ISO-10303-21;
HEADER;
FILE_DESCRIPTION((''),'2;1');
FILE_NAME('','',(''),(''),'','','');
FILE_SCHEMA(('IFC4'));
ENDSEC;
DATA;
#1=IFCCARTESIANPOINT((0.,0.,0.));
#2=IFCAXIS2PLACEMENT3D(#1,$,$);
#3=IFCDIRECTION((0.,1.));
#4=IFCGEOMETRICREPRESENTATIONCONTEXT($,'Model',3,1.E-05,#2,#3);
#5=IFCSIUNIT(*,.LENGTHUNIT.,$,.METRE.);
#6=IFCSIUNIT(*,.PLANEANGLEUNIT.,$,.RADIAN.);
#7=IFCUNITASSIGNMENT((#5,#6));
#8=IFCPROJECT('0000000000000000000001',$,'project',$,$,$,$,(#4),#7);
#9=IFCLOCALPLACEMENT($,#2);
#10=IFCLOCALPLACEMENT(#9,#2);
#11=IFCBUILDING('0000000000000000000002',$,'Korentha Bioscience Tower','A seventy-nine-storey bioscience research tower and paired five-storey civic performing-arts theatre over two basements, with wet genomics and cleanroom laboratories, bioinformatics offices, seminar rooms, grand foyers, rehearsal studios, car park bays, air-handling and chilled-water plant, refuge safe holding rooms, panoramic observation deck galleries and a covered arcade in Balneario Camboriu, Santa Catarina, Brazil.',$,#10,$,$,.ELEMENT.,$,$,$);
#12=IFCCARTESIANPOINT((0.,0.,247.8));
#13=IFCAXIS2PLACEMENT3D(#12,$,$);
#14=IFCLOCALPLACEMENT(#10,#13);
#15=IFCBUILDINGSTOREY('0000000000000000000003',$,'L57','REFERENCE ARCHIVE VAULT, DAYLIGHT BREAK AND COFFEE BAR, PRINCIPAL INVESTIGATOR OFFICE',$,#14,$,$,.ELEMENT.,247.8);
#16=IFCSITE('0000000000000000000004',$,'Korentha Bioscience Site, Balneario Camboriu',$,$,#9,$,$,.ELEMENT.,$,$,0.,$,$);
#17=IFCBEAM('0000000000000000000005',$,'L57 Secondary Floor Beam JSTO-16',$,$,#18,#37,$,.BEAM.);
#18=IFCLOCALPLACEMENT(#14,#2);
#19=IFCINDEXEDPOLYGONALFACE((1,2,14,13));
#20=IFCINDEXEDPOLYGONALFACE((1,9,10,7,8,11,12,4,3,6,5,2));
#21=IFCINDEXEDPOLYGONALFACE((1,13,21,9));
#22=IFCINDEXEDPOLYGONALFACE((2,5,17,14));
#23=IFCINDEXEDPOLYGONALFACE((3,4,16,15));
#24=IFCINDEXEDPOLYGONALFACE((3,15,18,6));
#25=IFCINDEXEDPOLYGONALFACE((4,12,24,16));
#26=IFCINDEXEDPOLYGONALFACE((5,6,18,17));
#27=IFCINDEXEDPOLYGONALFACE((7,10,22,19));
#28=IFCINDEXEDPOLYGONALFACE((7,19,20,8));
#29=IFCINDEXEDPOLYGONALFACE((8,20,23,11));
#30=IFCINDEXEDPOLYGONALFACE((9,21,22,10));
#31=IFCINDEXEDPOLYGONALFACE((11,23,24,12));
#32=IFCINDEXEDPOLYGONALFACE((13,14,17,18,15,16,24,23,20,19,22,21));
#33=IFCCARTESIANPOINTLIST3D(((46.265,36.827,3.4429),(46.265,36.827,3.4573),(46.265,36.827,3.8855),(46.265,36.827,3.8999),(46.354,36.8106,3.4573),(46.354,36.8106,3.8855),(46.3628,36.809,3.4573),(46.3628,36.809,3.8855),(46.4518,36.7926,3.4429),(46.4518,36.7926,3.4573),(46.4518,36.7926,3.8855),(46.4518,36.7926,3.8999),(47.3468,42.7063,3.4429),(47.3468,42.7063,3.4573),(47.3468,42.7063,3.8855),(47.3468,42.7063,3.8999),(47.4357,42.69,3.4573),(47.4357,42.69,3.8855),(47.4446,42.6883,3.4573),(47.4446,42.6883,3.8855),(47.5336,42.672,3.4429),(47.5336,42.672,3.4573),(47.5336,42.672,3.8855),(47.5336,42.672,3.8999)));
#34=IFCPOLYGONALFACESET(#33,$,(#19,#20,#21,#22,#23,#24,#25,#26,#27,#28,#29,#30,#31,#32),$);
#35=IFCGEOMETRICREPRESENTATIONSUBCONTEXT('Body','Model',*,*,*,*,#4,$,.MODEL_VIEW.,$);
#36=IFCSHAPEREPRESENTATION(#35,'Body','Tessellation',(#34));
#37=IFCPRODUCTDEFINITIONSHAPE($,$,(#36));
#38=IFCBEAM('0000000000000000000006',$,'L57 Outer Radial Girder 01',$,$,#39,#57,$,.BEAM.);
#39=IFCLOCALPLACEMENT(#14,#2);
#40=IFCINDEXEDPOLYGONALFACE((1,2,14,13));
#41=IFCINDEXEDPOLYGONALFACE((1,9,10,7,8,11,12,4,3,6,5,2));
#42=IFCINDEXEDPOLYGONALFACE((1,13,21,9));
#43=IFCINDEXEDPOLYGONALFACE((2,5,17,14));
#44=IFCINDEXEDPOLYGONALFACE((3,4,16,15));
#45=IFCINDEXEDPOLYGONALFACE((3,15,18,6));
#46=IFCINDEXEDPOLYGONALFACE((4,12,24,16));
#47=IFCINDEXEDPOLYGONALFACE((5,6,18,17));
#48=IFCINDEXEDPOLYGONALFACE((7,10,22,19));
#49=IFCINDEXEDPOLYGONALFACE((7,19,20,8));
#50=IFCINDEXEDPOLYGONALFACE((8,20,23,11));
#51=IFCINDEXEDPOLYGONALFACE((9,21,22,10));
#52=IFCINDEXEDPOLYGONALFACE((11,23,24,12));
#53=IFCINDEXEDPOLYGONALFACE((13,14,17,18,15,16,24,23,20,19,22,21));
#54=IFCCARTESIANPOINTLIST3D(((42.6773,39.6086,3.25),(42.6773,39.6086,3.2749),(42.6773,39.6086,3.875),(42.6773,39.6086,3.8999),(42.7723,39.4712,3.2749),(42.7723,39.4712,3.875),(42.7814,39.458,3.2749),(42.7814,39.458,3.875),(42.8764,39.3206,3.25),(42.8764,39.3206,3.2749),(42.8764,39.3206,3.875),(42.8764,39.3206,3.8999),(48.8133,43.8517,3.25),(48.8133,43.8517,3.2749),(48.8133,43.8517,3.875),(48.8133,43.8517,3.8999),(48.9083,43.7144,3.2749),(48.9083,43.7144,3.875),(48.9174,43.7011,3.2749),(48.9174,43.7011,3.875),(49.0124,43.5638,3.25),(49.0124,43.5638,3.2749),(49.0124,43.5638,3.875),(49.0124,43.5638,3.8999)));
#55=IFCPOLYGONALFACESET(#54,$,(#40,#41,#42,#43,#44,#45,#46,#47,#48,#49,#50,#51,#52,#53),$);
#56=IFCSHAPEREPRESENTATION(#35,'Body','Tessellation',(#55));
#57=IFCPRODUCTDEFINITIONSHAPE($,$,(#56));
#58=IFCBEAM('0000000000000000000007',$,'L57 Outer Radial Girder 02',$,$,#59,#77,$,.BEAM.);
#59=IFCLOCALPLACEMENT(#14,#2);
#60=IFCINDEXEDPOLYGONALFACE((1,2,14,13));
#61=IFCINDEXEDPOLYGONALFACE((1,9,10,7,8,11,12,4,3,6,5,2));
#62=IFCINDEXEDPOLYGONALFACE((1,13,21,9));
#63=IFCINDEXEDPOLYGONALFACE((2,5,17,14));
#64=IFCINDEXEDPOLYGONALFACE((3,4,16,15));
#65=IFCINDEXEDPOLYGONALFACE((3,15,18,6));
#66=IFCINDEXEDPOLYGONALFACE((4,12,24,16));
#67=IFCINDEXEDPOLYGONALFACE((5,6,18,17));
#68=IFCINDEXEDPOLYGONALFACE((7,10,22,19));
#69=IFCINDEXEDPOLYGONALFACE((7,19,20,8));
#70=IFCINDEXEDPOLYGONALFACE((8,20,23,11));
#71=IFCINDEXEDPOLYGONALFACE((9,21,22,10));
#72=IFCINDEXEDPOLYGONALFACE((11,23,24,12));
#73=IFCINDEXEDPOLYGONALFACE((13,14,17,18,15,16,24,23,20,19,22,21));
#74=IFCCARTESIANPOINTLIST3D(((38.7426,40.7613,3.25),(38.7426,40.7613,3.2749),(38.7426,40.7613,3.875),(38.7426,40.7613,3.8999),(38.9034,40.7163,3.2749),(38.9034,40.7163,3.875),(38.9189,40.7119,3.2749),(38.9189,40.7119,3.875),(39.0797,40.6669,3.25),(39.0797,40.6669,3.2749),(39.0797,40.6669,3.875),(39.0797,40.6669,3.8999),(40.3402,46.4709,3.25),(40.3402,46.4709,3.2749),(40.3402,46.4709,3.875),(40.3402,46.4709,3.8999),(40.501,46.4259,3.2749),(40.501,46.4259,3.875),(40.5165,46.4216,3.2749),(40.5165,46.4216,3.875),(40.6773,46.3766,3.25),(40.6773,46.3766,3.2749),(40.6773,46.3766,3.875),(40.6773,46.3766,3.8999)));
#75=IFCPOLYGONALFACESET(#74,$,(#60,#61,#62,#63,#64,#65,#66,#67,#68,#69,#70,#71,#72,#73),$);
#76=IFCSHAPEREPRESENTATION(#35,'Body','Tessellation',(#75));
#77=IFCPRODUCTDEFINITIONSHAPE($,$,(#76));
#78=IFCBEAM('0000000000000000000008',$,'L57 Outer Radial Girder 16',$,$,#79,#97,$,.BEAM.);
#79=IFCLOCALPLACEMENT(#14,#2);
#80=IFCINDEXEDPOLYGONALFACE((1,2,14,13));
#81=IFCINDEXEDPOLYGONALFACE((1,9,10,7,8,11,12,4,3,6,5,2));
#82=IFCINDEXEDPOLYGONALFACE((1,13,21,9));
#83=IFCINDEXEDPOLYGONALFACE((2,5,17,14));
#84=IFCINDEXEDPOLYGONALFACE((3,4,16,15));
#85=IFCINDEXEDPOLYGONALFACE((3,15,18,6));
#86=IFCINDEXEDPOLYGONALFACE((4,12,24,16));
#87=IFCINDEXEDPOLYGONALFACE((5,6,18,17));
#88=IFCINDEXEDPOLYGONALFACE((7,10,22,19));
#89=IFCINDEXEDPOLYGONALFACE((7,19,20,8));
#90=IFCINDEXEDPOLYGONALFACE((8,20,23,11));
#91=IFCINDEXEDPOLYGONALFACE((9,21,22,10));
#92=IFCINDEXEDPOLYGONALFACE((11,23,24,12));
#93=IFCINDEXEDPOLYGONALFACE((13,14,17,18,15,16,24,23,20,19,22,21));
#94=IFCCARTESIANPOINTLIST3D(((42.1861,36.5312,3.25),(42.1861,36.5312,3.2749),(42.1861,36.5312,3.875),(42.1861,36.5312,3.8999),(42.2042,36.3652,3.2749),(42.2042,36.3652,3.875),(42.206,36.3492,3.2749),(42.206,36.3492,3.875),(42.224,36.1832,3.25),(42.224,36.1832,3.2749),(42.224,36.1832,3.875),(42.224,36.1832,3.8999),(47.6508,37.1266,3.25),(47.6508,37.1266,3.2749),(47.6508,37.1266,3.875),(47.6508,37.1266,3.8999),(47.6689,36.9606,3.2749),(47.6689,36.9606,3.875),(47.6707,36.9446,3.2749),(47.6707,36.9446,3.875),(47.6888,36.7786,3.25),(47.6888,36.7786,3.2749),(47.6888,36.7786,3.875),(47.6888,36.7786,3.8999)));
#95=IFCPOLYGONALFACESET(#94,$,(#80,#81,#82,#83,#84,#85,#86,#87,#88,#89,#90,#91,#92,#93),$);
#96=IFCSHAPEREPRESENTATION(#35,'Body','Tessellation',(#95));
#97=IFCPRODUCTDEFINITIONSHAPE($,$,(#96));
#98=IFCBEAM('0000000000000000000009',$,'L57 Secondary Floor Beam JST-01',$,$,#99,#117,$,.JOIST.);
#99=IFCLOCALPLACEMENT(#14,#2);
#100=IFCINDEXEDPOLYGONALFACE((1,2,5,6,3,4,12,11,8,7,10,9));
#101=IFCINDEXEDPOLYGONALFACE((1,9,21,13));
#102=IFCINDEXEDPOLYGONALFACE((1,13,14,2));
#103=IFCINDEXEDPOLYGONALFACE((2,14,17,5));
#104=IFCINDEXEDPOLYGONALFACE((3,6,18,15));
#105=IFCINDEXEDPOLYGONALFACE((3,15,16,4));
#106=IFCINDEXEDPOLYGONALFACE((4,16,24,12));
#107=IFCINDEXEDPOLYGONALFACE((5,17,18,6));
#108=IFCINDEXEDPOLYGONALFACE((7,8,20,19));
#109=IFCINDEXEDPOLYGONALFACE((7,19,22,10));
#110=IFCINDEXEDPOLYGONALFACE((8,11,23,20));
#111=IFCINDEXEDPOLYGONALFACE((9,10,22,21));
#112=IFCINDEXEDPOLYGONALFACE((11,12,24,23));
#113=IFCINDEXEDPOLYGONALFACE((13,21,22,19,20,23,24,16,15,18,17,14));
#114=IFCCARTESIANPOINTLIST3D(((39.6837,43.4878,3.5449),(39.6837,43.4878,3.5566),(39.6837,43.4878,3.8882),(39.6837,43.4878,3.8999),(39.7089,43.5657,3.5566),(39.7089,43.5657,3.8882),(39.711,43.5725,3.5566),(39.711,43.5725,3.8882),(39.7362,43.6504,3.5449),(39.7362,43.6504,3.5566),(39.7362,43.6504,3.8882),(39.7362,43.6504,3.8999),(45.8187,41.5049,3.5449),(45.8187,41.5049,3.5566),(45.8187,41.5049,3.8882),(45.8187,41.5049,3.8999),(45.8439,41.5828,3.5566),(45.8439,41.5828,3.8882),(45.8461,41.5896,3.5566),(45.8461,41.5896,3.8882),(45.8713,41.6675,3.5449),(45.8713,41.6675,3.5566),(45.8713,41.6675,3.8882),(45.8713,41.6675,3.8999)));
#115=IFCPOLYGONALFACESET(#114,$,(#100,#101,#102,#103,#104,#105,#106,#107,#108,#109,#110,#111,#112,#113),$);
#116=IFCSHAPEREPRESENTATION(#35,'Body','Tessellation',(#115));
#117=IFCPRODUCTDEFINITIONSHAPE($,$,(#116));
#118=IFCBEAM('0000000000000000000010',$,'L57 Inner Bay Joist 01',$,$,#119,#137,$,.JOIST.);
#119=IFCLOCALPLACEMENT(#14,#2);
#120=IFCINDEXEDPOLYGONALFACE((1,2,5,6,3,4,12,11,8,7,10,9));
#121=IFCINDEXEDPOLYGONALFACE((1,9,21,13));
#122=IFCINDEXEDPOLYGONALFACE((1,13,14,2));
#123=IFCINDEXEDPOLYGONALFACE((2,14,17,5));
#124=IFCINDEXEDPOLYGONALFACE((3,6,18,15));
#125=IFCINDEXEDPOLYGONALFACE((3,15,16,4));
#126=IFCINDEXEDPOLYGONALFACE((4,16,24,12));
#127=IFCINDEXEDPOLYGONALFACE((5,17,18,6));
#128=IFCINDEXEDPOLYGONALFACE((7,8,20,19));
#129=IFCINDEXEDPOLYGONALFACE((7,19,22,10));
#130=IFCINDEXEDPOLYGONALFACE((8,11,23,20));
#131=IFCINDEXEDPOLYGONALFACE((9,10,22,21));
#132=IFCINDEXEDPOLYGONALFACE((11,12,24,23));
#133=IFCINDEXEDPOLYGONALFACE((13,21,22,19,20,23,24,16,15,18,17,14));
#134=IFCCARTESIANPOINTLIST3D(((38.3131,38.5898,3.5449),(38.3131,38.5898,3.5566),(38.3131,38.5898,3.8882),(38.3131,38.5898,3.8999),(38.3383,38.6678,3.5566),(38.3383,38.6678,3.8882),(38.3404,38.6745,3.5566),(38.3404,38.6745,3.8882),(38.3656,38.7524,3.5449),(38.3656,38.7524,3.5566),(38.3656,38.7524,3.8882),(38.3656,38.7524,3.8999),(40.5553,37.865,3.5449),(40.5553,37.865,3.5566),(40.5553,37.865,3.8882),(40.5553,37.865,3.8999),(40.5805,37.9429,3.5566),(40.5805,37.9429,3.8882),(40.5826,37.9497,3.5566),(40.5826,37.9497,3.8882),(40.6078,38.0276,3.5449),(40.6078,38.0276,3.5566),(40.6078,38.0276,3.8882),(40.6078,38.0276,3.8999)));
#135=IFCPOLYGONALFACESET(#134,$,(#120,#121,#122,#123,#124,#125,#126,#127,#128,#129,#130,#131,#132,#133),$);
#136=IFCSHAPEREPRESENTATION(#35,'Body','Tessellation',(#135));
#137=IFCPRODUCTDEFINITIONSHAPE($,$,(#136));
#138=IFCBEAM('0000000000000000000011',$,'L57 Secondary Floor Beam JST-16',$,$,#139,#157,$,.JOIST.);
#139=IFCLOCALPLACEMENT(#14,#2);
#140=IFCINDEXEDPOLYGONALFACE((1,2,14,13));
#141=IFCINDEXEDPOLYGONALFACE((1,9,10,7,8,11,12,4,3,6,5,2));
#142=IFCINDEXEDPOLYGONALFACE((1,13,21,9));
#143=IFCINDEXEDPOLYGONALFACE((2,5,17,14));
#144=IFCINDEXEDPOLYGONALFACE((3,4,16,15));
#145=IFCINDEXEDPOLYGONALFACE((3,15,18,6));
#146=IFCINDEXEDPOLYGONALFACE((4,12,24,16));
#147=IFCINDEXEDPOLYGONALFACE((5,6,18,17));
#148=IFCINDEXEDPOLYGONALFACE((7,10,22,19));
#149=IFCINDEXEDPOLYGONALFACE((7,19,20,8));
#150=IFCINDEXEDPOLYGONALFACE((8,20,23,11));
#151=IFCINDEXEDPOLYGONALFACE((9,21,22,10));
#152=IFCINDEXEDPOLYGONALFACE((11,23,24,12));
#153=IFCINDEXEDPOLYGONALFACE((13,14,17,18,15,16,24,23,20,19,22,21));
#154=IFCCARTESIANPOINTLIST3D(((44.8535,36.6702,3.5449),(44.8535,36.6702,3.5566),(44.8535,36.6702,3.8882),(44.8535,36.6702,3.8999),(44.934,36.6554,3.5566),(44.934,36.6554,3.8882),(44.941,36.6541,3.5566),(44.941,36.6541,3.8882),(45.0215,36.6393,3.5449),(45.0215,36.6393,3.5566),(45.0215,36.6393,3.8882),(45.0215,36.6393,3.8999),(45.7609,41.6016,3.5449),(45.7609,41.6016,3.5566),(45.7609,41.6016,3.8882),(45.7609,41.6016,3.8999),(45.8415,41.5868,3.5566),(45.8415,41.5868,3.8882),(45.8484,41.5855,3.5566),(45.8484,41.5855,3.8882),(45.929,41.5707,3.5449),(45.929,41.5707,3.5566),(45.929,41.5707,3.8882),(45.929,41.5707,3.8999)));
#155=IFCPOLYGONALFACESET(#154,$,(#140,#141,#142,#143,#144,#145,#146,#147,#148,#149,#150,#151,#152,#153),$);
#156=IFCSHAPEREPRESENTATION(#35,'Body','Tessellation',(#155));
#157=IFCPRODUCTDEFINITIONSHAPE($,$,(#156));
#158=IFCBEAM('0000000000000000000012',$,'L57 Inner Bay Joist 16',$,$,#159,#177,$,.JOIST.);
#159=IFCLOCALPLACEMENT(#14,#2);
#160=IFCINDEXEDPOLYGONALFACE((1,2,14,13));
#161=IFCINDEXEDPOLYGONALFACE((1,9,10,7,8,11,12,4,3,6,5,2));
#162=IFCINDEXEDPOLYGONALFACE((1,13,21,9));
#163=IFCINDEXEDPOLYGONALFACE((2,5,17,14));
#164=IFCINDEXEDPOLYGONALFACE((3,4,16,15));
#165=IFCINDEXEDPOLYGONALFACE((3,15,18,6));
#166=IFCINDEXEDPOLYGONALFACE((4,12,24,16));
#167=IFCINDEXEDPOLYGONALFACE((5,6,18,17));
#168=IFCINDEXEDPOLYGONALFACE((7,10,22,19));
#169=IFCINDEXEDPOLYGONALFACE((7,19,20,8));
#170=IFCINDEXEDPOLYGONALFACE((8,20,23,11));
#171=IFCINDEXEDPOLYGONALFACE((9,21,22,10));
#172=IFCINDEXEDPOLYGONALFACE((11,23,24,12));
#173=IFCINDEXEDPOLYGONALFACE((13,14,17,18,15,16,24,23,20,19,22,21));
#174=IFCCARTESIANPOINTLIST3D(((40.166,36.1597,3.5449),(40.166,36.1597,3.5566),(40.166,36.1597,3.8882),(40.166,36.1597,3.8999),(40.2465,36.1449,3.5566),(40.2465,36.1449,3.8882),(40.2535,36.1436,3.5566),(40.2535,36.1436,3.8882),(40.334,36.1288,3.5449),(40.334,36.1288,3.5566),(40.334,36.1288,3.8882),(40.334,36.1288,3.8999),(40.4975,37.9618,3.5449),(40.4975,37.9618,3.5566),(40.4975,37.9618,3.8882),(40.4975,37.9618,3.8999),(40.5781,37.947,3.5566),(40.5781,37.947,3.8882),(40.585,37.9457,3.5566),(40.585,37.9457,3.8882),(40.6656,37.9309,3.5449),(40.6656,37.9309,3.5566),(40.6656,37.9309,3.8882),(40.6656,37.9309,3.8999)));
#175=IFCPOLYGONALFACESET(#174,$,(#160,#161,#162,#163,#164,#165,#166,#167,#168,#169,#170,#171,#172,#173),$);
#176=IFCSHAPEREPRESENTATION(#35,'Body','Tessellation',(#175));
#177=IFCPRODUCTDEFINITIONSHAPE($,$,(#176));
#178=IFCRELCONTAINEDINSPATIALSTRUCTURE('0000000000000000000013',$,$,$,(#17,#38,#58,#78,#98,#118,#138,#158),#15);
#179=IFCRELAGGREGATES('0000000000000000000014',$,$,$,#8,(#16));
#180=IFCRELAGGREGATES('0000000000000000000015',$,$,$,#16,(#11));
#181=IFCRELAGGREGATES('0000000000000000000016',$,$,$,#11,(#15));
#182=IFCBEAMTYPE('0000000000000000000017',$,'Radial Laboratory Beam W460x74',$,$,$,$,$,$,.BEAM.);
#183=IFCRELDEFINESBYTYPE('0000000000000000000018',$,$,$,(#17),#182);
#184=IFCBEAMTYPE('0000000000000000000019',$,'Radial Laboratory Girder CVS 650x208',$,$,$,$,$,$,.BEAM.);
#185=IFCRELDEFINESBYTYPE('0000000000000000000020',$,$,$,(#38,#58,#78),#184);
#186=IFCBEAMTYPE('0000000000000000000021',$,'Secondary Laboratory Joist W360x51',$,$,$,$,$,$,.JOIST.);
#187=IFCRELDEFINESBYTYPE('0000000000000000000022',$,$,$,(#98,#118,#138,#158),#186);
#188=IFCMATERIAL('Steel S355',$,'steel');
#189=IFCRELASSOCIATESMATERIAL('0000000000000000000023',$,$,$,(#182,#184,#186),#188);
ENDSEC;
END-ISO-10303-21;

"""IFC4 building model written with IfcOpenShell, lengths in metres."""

from ifc_helpers import new_model, si_unit, direction, frame, origin, origin_2d, place, context, subcontext, project, spatial, i_section, extrude, material, material_profile, profile_set, type_object, element, save


model = new_model("IFC4")

# Units and contexts
model_context = context("Model", 3, precision=1e-05, world=origin(), true_north=direction((0.0, 1.0)))
body_context = subcontext(model_context, "Body", "Model", "MODEL_VIEW")
ifc_project = project(units=[si_unit("LENGTHUNIT", "METRE"), si_unit("PLANEANGLEUNIT", "RADIAN")], contexts=[model_context])

# Site, building, storey
site_placement = place(None, origin())
site = spatial("IfcSite", under=ifc_project, at=site_placement, Name="Korentha Bioscience Site, Balneario Camboriu", CompositionType="ELEMENT", RefElevation=0.0)
building_placement = place(site_placement, origin())
building = spatial("IfcBuilding", under=site, at=building_placement, Name="Korentha Bioscience Tower", Description="A seventy-nine-storey bioscience research tower and paired five-storey civic performing-arts theatre over two basements, with wet genomics and cleanroom laboratories, bioinformatics offices, seminar rooms, grand foyers, rehearsal studios, car park bays, air-handling and chilled-water plant, refuge safe holding rooms, panoramic observation deck galleries and a covered arcade in Balneario Camboriu, Santa Catarina, Brazil.", CompositionType="ELEMENT")
storey_placement = place(building_placement, frame((0.0, 0.0, 247.8)))
storey = spatial("IfcBuildingStorey", under=building, at=storey_placement, Name="L57", Description="REFERENCE ARCHIVE VAULT, DAYLIGHT BREAK AND COFFEE BAR, PRINCIPAL INVESTIGATOR OFFICE", CompositionType="ELEMENT", Elevation=247.8)

# Shared definitions
ifc_material_1 = material(Name="Steel S355", Category="steel")

# Beams
ifc_material_profile_1 = material_profile(ifc_material_1, i_section(OverallWidth=0.1899, OverallDepth=0.457, WebThickness=0.009, FlangeThickness=0.0144, at=origin_2d()), Name="Steel S355")
ifc_profile_set_1 = profile_set([ifc_material_profile_1], Name="Steel S355 (RB-460)")
beam_type_1 = type_object("IfcBeamType", Name="Radial Laboratory Beam W460x74", PredefinedType="BEAM", material=ifc_profile_set_1)
beam_1_placement = place(storey_placement, frame((46.3584, 36.8098, 3.6714), z_axis=(0.180959, 0.983491, 0.0), x_axis=(-0.983491, 0.180959, 0.0)))
element("IfcBeam", 1, at=beam_1_placement, inside=storey, type_object=beam_type_1, Name="L57 Secondary Floor Beam JSTO-16", PredefinedType="BEAM", context=body_context, shape_type="SweptSolid", body=[
    extrude(i_section(OverallWidth=0.1899, OverallDepth=0.457, WebThickness=0.009, FlangeThickness=0.0144, at=origin_2d()), origin(), (0.0, 0.0, 1.0), 5.978),
])
ifc_material_profile_2 = material_profile(ifc_material_1, i_section(OverallWidth=0.3501, OverallDepth=0.6499, WebThickness=0.0161, FlangeThickness=0.0249, at=origin_2d()), Name="Steel S355")
ifc_profile_set_2 = profile_set([ifc_material_profile_2], Name="Steel S355 (RB-650)")
beam_type_2 = type_object("IfcBeamType", Name="Radial Laboratory Girder CVS 650x208", PredefinedType="BEAM", material=ifc_profile_set_2)
beam_2_placement = place(storey_placement, frame((42.7769, 39.4646, 3.575), z_axis=(0.822495, 0.568773, 0.0), x_axis=(-0.568773, 0.822495, 0.0)))
element("IfcBeam", 2, at=beam_2_placement, inside=storey, type_object=beam_type_2, Name="L57 Outer Radial Girder 01", PredefinedType="BEAM", context=body_context, shape_type="SweptSolid", body=[
    extrude(i_section(OverallWidth=0.3501, OverallDepth=0.6499, WebThickness=0.0161, FlangeThickness=0.0249, at=origin_2d()), origin(), (0.0, 0.0, 1.0), 7.4602),
])
beam_3_placement = place(storey_placement, frame((38.9111, 40.7141, 3.575), z_axis=(0.269463, 0.963011, 0.0), x_axis=(-0.963011, 0.269463, 0.0)))
element("IfcBeam", 3, at=beam_3_placement, inside=storey, type_object=beam_type_2, Name="L57 Outer Radial Girder 02", PredefinedType="BEAM", context=body_context, shape_type="SweptSolid", body=[
    extrude(i_section(OverallWidth=0.3501, OverallDepth=0.6499, WebThickness=0.0161, FlangeThickness=0.0249, at=origin_2d()), origin(), (0.0, 0.0, 1.0), 5.929),
])
beam_4_placement = place(storey_placement, frame((42.2051, 36.3572, 3.575), z_axis=(0.994116, 0.108321, 0.0), x_axis=(-0.108321, 0.994116, 0.0)))
element("IfcBeam", 4, at=beam_4_placement, inside=storey, type_object=beam_type_2, Name="L57 Outer Radial Girder 16", PredefinedType="BEAM", context=body_context, shape_type="SweptSolid", body=[
    extrude(i_section(OverallWidth=0.3501, OverallDepth=0.6499, WebThickness=0.0161, FlangeThickness=0.0249, at=origin_2d()), origin(), (0.0, 0.0, 1.0), 5.4971),
])
ifc_material_profile_3 = material_profile(ifc_material_1, i_section(OverallWidth=0.1709, OverallDepth=0.355, WebThickness=0.0071, FlangeThickness=0.0117, at=origin_2d()), Name="Steel S355")
ifc_profile_set_3 = profile_set([ifc_material_profile_3], Name="Steel S355 (JB-360)")
beam_type_3 = type_object("IfcBeamType", Name="Secondary Laboratory Joist W360x51", PredefinedType="JOIST", material=ifc_profile_set_3)
beam_5_placement = place(storey_placement, frame((45.845, 41.5862, 3.7224), z_axis=(-0.951533, 0.307547, 0.0), x_axis=(-0.307547, -0.951533, 0.0)))
element("IfcBeam", 5, at=beam_5_placement, inside=storey, type_object=beam_type_3, Name="L57 Secondary Floor Beam JST-01", PredefinedType="JOIST", context=body_context, shape_type="SweptSolid", body=[
    extrude(i_section(OverallWidth=0.1709, OverallDepth=0.355, WebThickness=0.0071, FlangeThickness=0.0117, at=origin_2d()), origin(), (0.0, 0.0, 1.0), 6.4475),
])
beam_6_placement = place(storey_placement, frame((40.5815, 37.9463, 3.7224), z_axis=(-0.951514, 0.307605, 0.0), x_axis=(-0.307605, -0.951514, 0.0)))
element("IfcBeam", 6, at=beam_6_placement, inside=storey, type_object=beam_type_3, Name="L57 Inner Bay Joist 01", PredefinedType="JOIST", context=body_context, shape_type="SweptSolid", body=[
    extrude(i_section(OverallWidth=0.1709, OverallDepth=0.355, WebThickness=0.0071, FlangeThickness=0.0117, at=origin_2d()), origin(), (0.0, 0.0, 1.0), 2.3564),
])
beam_7_placement = place(storey_placement, frame((44.9375, 36.6548, 3.7224), z_axis=(0.18098, 0.983487, 0.0), x_axis=(-0.983487, 0.18098, 0.0)))
element("IfcBeam", 7, at=beam_7_placement, inside=storey, type_object=beam_type_3, Name="L57 Secondary Floor Beam JST-16", PredefinedType="JOIST", context=body_context, shape_type="SweptSolid", body=[
    extrude(i_section(OverallWidth=0.1709, OverallDepth=0.355, WebThickness=0.0071, FlangeThickness=0.0117, at=origin_2d()), origin(), (0.0, 0.0, 1.0), 5.0142),
])
beam_8_placement = place(storey_placement, frame((40.25, 36.1443, 3.7224), z_axis=(0.180949, 0.983493, 0.0), x_axis=(-0.983493, 0.180949, 0.0)))
element("IfcBeam", 8, at=beam_8_placement, inside=storey, type_object=beam_type_3, Name="L57 Inner Bay Joist 16", PredefinedType="JOIST", context=body_context, shape_type="SweptSolid", body=[
    extrude(i_section(OverallWidth=0.1709, OverallDepth=0.355, WebThickness=0.0071, FlangeThickness=0.0117, at=origin_2d()), origin(), (0.0, 0.0, 1.0), 1.8323),
])

save(model, "model.ifc")
